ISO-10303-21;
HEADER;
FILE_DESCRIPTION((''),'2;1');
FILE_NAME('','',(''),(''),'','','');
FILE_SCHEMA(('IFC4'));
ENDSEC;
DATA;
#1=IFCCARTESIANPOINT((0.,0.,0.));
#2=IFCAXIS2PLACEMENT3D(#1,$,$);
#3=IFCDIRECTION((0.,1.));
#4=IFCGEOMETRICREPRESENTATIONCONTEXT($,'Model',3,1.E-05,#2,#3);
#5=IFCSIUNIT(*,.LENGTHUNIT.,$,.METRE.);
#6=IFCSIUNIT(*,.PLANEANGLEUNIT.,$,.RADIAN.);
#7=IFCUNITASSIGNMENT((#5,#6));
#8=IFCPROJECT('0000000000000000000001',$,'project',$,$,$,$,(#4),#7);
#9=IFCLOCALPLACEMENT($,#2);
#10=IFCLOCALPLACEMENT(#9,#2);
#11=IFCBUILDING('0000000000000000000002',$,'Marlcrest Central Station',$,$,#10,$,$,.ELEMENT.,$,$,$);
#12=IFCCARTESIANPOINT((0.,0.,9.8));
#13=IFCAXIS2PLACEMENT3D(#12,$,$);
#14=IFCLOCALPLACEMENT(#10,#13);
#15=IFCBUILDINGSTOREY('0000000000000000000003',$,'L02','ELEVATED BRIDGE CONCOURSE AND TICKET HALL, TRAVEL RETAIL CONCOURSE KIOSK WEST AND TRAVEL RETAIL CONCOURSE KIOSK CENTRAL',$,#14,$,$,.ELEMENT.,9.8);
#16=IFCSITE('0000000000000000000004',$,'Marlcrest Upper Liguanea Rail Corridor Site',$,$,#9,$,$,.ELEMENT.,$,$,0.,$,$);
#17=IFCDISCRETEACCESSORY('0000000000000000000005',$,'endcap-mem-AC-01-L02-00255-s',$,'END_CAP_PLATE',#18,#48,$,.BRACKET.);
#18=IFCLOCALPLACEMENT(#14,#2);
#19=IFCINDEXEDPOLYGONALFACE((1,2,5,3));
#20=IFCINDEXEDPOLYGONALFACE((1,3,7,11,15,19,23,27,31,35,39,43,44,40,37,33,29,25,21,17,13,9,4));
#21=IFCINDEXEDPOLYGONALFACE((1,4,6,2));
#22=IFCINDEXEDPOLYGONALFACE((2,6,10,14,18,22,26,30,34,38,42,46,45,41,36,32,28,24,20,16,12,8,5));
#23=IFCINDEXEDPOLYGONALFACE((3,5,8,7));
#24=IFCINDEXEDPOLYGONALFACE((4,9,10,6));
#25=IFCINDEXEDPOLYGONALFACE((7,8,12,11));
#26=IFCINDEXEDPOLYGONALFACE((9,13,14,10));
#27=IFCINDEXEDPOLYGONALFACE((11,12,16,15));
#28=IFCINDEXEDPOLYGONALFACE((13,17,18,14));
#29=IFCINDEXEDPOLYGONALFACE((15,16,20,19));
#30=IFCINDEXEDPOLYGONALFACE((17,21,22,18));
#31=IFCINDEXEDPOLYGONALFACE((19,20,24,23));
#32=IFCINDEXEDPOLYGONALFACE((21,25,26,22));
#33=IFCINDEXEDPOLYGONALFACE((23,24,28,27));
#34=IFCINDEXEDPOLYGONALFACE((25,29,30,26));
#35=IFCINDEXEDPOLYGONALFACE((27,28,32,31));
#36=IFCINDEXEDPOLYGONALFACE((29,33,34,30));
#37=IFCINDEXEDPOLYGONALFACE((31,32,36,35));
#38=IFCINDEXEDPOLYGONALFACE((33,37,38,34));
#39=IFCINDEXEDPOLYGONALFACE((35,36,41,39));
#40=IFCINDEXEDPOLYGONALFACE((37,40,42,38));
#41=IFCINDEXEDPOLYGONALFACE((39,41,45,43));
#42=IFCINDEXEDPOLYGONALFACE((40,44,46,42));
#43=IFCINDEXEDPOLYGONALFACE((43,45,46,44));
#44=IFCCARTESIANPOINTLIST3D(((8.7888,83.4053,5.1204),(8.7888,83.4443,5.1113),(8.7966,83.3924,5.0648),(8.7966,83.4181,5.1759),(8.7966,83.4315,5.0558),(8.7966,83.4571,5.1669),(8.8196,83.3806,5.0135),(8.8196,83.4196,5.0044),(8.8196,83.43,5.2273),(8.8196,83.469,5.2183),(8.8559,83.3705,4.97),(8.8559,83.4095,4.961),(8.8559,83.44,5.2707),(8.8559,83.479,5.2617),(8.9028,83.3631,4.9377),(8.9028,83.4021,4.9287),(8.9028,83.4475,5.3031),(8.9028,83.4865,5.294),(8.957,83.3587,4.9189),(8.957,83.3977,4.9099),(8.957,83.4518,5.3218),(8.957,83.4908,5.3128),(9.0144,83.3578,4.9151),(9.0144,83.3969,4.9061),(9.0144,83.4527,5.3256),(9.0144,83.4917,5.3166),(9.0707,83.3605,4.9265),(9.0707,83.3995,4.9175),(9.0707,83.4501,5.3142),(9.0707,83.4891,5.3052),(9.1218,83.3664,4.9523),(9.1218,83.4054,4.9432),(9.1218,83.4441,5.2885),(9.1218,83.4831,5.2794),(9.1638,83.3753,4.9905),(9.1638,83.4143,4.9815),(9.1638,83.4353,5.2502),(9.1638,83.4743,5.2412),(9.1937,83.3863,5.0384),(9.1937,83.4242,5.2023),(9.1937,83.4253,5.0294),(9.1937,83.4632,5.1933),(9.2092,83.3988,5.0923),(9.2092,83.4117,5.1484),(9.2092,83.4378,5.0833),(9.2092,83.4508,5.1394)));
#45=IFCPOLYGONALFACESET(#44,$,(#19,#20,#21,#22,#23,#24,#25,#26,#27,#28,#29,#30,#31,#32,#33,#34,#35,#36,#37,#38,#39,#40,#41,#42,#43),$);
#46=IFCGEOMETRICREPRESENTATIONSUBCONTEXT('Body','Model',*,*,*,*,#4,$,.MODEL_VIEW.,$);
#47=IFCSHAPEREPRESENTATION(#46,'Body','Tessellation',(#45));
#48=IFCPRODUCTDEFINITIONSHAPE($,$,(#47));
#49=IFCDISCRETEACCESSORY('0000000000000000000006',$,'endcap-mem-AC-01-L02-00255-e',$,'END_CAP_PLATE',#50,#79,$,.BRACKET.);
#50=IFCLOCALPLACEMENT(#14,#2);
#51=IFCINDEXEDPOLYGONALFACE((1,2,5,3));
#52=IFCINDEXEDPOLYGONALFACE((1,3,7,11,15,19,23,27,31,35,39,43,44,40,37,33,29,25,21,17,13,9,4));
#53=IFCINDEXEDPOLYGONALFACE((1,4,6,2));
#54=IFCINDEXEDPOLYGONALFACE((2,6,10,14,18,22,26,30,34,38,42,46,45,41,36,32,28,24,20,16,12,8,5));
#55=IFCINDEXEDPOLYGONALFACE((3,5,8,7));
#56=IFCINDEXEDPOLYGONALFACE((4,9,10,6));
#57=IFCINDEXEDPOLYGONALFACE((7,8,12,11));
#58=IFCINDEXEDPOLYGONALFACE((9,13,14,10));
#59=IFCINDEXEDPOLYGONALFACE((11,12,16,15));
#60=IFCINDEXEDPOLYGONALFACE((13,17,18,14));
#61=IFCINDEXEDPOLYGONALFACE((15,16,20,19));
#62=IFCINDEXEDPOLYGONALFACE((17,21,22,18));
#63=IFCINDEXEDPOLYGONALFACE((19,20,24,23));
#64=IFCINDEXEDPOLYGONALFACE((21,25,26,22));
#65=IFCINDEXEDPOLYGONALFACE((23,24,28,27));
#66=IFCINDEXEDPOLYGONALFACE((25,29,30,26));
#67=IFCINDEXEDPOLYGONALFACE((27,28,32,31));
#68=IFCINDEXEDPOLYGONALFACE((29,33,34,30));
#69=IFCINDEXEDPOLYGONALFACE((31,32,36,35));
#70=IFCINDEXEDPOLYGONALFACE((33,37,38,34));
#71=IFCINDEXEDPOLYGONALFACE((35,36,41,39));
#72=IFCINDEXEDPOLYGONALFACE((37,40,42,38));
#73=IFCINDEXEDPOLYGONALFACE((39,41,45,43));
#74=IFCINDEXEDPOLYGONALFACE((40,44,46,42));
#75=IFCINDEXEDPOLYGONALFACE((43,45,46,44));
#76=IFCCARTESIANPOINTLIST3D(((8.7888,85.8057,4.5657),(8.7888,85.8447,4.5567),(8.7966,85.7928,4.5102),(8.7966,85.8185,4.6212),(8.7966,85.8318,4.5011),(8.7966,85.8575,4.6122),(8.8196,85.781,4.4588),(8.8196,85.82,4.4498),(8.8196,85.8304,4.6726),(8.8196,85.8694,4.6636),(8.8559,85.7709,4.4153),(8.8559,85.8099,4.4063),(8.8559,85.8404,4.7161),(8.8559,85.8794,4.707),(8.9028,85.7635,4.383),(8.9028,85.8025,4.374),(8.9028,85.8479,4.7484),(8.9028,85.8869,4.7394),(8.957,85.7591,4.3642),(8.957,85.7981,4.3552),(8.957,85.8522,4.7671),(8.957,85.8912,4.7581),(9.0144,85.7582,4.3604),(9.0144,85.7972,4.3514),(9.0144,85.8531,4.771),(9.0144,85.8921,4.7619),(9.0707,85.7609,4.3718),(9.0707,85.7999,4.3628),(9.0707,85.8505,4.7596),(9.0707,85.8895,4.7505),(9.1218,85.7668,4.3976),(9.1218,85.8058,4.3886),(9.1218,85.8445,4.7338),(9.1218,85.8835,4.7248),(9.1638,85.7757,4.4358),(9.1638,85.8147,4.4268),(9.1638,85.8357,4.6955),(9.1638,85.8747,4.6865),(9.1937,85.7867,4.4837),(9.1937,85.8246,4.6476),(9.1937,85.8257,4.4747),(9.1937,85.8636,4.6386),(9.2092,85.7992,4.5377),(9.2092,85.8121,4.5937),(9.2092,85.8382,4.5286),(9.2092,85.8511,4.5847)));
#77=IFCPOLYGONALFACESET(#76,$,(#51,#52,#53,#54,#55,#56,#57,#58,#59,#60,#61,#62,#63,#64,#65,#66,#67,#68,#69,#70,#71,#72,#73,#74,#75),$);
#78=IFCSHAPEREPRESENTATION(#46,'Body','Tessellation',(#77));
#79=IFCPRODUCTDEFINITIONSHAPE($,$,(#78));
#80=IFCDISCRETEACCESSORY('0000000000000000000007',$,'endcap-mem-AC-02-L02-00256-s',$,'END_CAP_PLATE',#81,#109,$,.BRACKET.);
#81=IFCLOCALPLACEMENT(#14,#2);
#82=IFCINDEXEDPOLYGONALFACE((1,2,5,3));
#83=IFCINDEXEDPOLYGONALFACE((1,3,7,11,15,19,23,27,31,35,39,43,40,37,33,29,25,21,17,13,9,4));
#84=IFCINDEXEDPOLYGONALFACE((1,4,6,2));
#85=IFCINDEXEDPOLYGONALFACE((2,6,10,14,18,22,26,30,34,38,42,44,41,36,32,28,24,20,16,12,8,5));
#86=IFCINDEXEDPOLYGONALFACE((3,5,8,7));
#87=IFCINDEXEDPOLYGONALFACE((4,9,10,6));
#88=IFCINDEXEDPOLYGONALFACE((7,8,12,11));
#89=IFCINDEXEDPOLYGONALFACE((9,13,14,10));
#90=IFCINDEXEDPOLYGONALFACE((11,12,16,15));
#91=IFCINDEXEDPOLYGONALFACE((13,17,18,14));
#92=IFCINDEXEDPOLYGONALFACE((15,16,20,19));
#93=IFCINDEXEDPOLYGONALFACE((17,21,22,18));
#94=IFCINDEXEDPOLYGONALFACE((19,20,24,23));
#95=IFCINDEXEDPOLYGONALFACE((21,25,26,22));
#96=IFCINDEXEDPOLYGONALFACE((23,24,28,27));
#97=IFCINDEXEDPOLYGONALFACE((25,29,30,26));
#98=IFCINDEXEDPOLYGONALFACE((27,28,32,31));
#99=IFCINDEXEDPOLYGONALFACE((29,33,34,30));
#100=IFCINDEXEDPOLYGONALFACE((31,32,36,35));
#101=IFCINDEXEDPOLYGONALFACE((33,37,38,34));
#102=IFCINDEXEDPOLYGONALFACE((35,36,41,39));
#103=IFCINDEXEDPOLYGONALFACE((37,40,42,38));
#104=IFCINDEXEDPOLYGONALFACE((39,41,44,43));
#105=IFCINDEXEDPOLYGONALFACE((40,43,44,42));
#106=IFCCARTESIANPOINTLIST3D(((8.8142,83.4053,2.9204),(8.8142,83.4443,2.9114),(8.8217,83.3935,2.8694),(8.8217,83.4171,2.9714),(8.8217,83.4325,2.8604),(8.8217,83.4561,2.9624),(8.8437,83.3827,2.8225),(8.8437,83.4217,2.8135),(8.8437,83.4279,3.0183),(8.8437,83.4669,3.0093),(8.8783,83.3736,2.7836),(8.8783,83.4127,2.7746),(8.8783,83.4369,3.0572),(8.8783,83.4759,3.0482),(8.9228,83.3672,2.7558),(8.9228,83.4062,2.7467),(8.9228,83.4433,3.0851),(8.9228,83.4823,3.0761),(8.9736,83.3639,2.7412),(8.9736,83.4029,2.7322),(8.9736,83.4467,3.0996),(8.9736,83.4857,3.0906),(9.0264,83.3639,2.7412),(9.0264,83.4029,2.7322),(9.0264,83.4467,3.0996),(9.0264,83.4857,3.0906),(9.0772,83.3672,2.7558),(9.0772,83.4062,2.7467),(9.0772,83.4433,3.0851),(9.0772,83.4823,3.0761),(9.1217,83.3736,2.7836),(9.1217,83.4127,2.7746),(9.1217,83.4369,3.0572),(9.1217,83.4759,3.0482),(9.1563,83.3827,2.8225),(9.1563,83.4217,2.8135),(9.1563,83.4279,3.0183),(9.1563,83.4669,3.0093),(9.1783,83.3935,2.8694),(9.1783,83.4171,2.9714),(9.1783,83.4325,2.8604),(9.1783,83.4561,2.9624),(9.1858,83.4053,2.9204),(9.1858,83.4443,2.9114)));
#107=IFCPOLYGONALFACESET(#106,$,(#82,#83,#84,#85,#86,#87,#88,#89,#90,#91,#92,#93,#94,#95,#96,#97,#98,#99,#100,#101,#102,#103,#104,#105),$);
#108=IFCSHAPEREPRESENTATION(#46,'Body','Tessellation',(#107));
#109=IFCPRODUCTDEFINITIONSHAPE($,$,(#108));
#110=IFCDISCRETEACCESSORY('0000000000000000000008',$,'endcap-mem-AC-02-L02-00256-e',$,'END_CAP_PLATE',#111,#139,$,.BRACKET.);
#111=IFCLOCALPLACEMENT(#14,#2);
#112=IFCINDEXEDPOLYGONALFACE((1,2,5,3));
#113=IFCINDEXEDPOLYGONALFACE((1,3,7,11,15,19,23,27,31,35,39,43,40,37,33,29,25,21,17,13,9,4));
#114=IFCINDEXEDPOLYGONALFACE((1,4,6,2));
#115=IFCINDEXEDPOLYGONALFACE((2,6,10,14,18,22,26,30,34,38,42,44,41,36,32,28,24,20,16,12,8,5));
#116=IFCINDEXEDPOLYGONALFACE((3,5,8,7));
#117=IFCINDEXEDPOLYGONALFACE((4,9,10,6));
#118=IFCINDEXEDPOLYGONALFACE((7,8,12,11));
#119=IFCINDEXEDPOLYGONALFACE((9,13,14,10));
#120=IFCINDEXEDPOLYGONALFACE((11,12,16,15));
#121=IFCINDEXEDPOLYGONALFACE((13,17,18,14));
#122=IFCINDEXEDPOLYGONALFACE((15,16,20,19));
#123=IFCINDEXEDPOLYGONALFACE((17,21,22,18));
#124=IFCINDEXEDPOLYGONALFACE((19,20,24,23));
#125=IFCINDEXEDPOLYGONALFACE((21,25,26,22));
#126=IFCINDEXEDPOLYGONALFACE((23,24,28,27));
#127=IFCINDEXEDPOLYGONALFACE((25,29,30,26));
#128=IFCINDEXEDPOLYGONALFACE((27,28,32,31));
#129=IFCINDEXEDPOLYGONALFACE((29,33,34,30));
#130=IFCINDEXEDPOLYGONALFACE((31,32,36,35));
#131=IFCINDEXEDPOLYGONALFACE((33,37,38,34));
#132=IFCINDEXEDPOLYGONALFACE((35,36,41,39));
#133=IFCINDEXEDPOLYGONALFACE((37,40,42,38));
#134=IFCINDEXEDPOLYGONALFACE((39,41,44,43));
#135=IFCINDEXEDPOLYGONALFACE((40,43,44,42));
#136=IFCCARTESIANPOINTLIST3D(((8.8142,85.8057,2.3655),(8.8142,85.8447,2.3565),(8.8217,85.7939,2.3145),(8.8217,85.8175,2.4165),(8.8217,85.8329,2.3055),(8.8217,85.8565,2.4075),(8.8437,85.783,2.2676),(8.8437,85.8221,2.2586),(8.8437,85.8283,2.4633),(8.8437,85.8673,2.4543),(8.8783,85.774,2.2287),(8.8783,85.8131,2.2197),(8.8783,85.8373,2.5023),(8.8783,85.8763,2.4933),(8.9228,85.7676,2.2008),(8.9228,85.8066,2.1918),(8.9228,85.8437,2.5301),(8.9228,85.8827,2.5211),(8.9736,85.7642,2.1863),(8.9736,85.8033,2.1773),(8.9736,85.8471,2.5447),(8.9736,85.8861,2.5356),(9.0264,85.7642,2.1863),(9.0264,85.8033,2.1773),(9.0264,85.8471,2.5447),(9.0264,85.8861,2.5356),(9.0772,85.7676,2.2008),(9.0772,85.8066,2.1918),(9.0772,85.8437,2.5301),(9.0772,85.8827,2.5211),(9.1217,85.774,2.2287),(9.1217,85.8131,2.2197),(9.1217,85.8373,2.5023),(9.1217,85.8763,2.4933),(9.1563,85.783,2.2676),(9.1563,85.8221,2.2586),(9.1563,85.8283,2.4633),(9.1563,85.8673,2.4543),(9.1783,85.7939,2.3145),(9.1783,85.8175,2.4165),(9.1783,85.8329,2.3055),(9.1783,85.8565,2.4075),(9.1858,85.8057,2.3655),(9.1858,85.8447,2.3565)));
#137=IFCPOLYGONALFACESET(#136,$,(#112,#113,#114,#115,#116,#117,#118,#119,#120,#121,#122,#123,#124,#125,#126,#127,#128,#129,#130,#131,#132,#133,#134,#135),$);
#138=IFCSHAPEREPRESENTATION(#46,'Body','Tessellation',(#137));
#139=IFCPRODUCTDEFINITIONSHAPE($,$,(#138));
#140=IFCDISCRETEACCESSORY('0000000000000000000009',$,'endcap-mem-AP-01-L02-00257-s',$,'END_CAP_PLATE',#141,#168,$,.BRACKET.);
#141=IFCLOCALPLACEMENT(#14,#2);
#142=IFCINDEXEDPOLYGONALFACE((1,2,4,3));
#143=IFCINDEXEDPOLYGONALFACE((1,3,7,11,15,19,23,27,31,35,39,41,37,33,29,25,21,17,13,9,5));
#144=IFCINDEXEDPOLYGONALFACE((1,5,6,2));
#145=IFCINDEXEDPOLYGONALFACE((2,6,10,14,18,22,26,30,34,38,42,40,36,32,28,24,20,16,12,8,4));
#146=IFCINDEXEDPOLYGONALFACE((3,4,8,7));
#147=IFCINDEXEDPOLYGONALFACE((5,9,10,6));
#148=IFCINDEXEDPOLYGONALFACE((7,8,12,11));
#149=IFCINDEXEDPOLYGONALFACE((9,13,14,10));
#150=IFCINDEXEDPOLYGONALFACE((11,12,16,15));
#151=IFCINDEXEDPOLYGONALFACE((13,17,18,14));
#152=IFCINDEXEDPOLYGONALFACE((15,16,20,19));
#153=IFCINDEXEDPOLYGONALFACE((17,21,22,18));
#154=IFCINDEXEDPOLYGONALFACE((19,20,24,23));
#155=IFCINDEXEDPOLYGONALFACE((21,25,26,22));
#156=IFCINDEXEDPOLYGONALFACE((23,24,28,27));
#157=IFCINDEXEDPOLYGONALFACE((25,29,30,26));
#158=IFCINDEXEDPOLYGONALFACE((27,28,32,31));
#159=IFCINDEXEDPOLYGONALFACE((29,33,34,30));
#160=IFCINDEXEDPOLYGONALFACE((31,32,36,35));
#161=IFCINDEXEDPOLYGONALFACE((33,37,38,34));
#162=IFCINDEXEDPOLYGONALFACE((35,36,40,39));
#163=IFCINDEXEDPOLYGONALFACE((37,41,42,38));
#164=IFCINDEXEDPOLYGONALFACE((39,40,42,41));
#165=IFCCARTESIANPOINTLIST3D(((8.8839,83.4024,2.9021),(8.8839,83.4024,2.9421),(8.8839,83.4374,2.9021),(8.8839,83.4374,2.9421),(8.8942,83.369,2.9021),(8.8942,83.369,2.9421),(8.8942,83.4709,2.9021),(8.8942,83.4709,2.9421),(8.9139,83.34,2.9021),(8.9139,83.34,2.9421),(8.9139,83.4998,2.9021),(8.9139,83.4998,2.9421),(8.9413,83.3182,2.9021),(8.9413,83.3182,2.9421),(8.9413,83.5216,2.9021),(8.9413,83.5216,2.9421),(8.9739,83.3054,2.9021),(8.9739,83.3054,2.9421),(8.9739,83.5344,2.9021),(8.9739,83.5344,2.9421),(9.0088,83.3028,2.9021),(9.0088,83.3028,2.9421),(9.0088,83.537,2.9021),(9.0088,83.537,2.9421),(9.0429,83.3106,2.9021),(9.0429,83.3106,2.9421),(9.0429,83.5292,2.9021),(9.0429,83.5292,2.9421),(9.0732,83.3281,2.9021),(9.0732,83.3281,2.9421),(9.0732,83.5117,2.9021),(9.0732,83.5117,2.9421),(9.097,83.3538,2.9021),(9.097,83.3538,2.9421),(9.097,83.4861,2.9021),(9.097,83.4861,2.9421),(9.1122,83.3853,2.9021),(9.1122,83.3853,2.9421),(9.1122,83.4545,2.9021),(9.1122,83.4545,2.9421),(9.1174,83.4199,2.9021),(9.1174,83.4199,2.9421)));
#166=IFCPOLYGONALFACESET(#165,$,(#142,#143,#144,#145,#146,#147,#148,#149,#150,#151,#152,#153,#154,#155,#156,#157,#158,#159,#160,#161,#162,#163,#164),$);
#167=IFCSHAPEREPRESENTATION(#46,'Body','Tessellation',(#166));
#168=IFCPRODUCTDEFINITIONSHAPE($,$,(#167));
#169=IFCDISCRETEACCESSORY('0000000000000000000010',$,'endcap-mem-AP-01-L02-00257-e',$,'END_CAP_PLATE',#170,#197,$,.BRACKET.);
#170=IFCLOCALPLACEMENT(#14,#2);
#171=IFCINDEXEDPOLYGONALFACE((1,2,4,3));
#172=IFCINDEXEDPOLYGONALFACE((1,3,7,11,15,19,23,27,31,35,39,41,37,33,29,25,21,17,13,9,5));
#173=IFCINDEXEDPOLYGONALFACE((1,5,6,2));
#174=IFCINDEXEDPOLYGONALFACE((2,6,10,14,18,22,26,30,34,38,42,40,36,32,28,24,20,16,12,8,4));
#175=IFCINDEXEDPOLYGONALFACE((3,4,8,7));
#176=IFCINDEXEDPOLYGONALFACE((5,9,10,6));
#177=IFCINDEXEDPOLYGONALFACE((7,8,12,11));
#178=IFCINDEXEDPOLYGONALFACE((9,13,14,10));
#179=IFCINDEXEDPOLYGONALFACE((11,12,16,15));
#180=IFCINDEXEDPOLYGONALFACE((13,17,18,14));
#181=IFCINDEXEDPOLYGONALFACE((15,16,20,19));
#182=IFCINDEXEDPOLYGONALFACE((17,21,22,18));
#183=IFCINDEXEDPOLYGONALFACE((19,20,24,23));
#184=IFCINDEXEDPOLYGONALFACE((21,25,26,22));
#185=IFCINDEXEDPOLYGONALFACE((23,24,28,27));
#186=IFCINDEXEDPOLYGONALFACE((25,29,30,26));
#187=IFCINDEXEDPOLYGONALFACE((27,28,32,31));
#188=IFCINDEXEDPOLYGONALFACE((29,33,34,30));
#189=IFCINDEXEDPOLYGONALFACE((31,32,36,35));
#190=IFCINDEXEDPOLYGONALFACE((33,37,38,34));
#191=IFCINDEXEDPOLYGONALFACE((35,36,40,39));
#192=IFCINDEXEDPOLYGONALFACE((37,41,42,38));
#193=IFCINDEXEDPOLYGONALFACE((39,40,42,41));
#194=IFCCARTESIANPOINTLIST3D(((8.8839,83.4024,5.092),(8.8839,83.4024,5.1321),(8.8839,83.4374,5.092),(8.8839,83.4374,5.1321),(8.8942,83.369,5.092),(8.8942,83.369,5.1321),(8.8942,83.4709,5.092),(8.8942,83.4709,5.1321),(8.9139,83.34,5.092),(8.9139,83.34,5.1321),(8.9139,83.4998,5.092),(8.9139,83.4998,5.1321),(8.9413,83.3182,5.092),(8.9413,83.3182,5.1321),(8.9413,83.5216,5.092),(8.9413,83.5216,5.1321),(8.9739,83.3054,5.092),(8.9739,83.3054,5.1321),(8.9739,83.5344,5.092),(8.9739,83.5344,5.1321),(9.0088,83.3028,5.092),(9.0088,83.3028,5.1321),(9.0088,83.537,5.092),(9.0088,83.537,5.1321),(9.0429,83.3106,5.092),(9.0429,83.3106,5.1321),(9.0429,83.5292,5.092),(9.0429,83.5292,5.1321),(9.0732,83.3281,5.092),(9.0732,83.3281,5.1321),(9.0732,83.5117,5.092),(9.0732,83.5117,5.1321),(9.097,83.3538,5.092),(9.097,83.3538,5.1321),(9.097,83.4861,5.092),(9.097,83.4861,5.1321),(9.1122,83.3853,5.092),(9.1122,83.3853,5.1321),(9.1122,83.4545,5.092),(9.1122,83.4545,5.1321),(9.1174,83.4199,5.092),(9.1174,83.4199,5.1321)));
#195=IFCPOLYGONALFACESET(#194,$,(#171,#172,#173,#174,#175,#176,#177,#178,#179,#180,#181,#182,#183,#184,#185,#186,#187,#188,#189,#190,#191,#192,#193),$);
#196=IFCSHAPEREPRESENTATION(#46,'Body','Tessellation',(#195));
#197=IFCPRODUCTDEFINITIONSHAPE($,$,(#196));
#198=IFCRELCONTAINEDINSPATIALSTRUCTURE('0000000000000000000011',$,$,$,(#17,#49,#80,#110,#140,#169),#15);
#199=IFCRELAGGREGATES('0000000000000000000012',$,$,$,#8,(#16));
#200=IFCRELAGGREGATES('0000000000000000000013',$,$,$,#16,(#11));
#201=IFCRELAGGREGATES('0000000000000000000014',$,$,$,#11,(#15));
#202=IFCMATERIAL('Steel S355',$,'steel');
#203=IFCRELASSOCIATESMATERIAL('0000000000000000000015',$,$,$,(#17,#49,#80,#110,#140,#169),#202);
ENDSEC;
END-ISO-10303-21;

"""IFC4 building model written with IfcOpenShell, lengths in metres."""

from ifc_helpers import new_model, si_unit, direction, frame, origin, origin_2d, place, context, subcontext, project, spatial, circle, extrude, material, element, save


model = new_model("IFC4")

# Units and contexts
model_context = context("Model", 3, precision=1e-05, world=origin(), true_north=direction((0.0, 1.0)))
body_context = subcontext(model_context, "Body", "Model", "MODEL_VIEW")
ifc_project = project(units=[si_unit("LENGTHUNIT", "METRE"), si_unit("PLANEANGLEUNIT", "RADIAN")], contexts=[model_context])

# Site, building, storey
site_placement = place(None, origin())
site = spatial("IfcSite", under=ifc_project, at=site_placement, Name="Marlcrest Upper Liguanea Rail Corridor Site", CompositionType="ELEMENT", RefElevation=0.0)
building_placement = place(site_placement, origin())
building = spatial("IfcBuilding", under=site, at=building_placement, Name="Marlcrest Central Station", CompositionType="ELEMENT")
storey_placement = place(building_placement, frame((0.0, 0.0, 9.8)))
storey = spatial("IfcBuildingStorey", under=building, at=storey_placement, Name="L02", Description="ELEVATED BRIDGE CONCOURSE AND TICKET HALL, TRAVEL RETAIL CONCOURSE KIOSK WEST AND TRAVEL RETAIL CONCOURSE KIOSK CENTRAL", CompositionType="ELEMENT", Elevation=9.8)

# Shared definitions
ifc_material_1 = material(Name="Steel S355", Category="steel")

# Discrete accessories
for number, where, z_axis, x_axis, name in (
    (1, (9.0, 83.4053, 5.1204), (0.0, 0.97433, -0.225126), (-1.0, 0.0, 0.0), "endcap-mem-AC-01-L02-00255-s"),
    (2, (9.0, 85.8057, 4.5657), (0.0, 0.97433, -0.225126), (-1.0, 0.0, 0.0), "endcap-mem-AC-01-L02-00255-e"),
):
    element("IfcDiscreteAccessory", number, at=place(storey_placement, frame(where, z_axis=z_axis, x_axis=x_axis)), inside=storey, material=ifc_material_1, Name=name, ObjectType="END_CAP_PLATE", PredefinedType="BRACKET", context=body_context, shape_type="SweptSolid", body=[
        extrude(circle(Radius=0.2112, at=origin_2d()), origin(), (0.0, 0.0, 1.0), 0.04),
    ])
for number, where, z_axis, x_axis, name in (
    (3, (9.0, 83.4053, 2.9204), (0.0, 0.974308, -0.22522), (-1.0, 0.0, 0.0), "endcap-mem-AC-02-L02-00256-s"),
    (4, (9.0, 85.8057, 2.3655), (0.0, 0.974308, -0.22522), (-1.0, 0.0, 0.0), "endcap-mem-AC-02-L02-00256-e"),
):
    element("IfcDiscreteAccessory", number, at=place(storey_placement, frame(where, z_axis=z_axis, x_axis=x_axis)), inside=storey, material=ifc_material_1, Name=name, ObjectType="END_CAP_PLATE", PredefinedType="BRACKET", context=body_context, shape_type="SweptSolid", body=[
        extrude(circle(Radius=0.1858, at=origin_2d()), origin(), (0.0, 0.0, 1.0), 0.04),
    ])
for number, where, z_axis, x_axis, name in (
    (5, (9.0, 83.4199, 2.9021), (0.0, 0.0, 1.0), (1.0, 0.0, 0.0), "endcap-mem-AP-01-L02-00257-s"),
    (6, (9.0, 83.4199, 5.092), (0.0, 0.0, 1.0), (1.0, 0.0, 0.0), "endcap-mem-AP-01-L02-00257-e"),
):
    element("IfcDiscreteAccessory", number, at=place(storey_placement, frame(where, z_axis=z_axis, x_axis=x_axis)), inside=storey, material=ifc_material_1, Name=name, ObjectType="END_CAP_PLATE", PredefinedType="BRACKET", context=body_context, shape_type="SweptSolid", body=[
        extrude(circle(Radius=0.1174, at=origin_2d()), origin(), (0.0, 0.0, 1.0), 0.04),
    ])

save(model, "model.ifc")
